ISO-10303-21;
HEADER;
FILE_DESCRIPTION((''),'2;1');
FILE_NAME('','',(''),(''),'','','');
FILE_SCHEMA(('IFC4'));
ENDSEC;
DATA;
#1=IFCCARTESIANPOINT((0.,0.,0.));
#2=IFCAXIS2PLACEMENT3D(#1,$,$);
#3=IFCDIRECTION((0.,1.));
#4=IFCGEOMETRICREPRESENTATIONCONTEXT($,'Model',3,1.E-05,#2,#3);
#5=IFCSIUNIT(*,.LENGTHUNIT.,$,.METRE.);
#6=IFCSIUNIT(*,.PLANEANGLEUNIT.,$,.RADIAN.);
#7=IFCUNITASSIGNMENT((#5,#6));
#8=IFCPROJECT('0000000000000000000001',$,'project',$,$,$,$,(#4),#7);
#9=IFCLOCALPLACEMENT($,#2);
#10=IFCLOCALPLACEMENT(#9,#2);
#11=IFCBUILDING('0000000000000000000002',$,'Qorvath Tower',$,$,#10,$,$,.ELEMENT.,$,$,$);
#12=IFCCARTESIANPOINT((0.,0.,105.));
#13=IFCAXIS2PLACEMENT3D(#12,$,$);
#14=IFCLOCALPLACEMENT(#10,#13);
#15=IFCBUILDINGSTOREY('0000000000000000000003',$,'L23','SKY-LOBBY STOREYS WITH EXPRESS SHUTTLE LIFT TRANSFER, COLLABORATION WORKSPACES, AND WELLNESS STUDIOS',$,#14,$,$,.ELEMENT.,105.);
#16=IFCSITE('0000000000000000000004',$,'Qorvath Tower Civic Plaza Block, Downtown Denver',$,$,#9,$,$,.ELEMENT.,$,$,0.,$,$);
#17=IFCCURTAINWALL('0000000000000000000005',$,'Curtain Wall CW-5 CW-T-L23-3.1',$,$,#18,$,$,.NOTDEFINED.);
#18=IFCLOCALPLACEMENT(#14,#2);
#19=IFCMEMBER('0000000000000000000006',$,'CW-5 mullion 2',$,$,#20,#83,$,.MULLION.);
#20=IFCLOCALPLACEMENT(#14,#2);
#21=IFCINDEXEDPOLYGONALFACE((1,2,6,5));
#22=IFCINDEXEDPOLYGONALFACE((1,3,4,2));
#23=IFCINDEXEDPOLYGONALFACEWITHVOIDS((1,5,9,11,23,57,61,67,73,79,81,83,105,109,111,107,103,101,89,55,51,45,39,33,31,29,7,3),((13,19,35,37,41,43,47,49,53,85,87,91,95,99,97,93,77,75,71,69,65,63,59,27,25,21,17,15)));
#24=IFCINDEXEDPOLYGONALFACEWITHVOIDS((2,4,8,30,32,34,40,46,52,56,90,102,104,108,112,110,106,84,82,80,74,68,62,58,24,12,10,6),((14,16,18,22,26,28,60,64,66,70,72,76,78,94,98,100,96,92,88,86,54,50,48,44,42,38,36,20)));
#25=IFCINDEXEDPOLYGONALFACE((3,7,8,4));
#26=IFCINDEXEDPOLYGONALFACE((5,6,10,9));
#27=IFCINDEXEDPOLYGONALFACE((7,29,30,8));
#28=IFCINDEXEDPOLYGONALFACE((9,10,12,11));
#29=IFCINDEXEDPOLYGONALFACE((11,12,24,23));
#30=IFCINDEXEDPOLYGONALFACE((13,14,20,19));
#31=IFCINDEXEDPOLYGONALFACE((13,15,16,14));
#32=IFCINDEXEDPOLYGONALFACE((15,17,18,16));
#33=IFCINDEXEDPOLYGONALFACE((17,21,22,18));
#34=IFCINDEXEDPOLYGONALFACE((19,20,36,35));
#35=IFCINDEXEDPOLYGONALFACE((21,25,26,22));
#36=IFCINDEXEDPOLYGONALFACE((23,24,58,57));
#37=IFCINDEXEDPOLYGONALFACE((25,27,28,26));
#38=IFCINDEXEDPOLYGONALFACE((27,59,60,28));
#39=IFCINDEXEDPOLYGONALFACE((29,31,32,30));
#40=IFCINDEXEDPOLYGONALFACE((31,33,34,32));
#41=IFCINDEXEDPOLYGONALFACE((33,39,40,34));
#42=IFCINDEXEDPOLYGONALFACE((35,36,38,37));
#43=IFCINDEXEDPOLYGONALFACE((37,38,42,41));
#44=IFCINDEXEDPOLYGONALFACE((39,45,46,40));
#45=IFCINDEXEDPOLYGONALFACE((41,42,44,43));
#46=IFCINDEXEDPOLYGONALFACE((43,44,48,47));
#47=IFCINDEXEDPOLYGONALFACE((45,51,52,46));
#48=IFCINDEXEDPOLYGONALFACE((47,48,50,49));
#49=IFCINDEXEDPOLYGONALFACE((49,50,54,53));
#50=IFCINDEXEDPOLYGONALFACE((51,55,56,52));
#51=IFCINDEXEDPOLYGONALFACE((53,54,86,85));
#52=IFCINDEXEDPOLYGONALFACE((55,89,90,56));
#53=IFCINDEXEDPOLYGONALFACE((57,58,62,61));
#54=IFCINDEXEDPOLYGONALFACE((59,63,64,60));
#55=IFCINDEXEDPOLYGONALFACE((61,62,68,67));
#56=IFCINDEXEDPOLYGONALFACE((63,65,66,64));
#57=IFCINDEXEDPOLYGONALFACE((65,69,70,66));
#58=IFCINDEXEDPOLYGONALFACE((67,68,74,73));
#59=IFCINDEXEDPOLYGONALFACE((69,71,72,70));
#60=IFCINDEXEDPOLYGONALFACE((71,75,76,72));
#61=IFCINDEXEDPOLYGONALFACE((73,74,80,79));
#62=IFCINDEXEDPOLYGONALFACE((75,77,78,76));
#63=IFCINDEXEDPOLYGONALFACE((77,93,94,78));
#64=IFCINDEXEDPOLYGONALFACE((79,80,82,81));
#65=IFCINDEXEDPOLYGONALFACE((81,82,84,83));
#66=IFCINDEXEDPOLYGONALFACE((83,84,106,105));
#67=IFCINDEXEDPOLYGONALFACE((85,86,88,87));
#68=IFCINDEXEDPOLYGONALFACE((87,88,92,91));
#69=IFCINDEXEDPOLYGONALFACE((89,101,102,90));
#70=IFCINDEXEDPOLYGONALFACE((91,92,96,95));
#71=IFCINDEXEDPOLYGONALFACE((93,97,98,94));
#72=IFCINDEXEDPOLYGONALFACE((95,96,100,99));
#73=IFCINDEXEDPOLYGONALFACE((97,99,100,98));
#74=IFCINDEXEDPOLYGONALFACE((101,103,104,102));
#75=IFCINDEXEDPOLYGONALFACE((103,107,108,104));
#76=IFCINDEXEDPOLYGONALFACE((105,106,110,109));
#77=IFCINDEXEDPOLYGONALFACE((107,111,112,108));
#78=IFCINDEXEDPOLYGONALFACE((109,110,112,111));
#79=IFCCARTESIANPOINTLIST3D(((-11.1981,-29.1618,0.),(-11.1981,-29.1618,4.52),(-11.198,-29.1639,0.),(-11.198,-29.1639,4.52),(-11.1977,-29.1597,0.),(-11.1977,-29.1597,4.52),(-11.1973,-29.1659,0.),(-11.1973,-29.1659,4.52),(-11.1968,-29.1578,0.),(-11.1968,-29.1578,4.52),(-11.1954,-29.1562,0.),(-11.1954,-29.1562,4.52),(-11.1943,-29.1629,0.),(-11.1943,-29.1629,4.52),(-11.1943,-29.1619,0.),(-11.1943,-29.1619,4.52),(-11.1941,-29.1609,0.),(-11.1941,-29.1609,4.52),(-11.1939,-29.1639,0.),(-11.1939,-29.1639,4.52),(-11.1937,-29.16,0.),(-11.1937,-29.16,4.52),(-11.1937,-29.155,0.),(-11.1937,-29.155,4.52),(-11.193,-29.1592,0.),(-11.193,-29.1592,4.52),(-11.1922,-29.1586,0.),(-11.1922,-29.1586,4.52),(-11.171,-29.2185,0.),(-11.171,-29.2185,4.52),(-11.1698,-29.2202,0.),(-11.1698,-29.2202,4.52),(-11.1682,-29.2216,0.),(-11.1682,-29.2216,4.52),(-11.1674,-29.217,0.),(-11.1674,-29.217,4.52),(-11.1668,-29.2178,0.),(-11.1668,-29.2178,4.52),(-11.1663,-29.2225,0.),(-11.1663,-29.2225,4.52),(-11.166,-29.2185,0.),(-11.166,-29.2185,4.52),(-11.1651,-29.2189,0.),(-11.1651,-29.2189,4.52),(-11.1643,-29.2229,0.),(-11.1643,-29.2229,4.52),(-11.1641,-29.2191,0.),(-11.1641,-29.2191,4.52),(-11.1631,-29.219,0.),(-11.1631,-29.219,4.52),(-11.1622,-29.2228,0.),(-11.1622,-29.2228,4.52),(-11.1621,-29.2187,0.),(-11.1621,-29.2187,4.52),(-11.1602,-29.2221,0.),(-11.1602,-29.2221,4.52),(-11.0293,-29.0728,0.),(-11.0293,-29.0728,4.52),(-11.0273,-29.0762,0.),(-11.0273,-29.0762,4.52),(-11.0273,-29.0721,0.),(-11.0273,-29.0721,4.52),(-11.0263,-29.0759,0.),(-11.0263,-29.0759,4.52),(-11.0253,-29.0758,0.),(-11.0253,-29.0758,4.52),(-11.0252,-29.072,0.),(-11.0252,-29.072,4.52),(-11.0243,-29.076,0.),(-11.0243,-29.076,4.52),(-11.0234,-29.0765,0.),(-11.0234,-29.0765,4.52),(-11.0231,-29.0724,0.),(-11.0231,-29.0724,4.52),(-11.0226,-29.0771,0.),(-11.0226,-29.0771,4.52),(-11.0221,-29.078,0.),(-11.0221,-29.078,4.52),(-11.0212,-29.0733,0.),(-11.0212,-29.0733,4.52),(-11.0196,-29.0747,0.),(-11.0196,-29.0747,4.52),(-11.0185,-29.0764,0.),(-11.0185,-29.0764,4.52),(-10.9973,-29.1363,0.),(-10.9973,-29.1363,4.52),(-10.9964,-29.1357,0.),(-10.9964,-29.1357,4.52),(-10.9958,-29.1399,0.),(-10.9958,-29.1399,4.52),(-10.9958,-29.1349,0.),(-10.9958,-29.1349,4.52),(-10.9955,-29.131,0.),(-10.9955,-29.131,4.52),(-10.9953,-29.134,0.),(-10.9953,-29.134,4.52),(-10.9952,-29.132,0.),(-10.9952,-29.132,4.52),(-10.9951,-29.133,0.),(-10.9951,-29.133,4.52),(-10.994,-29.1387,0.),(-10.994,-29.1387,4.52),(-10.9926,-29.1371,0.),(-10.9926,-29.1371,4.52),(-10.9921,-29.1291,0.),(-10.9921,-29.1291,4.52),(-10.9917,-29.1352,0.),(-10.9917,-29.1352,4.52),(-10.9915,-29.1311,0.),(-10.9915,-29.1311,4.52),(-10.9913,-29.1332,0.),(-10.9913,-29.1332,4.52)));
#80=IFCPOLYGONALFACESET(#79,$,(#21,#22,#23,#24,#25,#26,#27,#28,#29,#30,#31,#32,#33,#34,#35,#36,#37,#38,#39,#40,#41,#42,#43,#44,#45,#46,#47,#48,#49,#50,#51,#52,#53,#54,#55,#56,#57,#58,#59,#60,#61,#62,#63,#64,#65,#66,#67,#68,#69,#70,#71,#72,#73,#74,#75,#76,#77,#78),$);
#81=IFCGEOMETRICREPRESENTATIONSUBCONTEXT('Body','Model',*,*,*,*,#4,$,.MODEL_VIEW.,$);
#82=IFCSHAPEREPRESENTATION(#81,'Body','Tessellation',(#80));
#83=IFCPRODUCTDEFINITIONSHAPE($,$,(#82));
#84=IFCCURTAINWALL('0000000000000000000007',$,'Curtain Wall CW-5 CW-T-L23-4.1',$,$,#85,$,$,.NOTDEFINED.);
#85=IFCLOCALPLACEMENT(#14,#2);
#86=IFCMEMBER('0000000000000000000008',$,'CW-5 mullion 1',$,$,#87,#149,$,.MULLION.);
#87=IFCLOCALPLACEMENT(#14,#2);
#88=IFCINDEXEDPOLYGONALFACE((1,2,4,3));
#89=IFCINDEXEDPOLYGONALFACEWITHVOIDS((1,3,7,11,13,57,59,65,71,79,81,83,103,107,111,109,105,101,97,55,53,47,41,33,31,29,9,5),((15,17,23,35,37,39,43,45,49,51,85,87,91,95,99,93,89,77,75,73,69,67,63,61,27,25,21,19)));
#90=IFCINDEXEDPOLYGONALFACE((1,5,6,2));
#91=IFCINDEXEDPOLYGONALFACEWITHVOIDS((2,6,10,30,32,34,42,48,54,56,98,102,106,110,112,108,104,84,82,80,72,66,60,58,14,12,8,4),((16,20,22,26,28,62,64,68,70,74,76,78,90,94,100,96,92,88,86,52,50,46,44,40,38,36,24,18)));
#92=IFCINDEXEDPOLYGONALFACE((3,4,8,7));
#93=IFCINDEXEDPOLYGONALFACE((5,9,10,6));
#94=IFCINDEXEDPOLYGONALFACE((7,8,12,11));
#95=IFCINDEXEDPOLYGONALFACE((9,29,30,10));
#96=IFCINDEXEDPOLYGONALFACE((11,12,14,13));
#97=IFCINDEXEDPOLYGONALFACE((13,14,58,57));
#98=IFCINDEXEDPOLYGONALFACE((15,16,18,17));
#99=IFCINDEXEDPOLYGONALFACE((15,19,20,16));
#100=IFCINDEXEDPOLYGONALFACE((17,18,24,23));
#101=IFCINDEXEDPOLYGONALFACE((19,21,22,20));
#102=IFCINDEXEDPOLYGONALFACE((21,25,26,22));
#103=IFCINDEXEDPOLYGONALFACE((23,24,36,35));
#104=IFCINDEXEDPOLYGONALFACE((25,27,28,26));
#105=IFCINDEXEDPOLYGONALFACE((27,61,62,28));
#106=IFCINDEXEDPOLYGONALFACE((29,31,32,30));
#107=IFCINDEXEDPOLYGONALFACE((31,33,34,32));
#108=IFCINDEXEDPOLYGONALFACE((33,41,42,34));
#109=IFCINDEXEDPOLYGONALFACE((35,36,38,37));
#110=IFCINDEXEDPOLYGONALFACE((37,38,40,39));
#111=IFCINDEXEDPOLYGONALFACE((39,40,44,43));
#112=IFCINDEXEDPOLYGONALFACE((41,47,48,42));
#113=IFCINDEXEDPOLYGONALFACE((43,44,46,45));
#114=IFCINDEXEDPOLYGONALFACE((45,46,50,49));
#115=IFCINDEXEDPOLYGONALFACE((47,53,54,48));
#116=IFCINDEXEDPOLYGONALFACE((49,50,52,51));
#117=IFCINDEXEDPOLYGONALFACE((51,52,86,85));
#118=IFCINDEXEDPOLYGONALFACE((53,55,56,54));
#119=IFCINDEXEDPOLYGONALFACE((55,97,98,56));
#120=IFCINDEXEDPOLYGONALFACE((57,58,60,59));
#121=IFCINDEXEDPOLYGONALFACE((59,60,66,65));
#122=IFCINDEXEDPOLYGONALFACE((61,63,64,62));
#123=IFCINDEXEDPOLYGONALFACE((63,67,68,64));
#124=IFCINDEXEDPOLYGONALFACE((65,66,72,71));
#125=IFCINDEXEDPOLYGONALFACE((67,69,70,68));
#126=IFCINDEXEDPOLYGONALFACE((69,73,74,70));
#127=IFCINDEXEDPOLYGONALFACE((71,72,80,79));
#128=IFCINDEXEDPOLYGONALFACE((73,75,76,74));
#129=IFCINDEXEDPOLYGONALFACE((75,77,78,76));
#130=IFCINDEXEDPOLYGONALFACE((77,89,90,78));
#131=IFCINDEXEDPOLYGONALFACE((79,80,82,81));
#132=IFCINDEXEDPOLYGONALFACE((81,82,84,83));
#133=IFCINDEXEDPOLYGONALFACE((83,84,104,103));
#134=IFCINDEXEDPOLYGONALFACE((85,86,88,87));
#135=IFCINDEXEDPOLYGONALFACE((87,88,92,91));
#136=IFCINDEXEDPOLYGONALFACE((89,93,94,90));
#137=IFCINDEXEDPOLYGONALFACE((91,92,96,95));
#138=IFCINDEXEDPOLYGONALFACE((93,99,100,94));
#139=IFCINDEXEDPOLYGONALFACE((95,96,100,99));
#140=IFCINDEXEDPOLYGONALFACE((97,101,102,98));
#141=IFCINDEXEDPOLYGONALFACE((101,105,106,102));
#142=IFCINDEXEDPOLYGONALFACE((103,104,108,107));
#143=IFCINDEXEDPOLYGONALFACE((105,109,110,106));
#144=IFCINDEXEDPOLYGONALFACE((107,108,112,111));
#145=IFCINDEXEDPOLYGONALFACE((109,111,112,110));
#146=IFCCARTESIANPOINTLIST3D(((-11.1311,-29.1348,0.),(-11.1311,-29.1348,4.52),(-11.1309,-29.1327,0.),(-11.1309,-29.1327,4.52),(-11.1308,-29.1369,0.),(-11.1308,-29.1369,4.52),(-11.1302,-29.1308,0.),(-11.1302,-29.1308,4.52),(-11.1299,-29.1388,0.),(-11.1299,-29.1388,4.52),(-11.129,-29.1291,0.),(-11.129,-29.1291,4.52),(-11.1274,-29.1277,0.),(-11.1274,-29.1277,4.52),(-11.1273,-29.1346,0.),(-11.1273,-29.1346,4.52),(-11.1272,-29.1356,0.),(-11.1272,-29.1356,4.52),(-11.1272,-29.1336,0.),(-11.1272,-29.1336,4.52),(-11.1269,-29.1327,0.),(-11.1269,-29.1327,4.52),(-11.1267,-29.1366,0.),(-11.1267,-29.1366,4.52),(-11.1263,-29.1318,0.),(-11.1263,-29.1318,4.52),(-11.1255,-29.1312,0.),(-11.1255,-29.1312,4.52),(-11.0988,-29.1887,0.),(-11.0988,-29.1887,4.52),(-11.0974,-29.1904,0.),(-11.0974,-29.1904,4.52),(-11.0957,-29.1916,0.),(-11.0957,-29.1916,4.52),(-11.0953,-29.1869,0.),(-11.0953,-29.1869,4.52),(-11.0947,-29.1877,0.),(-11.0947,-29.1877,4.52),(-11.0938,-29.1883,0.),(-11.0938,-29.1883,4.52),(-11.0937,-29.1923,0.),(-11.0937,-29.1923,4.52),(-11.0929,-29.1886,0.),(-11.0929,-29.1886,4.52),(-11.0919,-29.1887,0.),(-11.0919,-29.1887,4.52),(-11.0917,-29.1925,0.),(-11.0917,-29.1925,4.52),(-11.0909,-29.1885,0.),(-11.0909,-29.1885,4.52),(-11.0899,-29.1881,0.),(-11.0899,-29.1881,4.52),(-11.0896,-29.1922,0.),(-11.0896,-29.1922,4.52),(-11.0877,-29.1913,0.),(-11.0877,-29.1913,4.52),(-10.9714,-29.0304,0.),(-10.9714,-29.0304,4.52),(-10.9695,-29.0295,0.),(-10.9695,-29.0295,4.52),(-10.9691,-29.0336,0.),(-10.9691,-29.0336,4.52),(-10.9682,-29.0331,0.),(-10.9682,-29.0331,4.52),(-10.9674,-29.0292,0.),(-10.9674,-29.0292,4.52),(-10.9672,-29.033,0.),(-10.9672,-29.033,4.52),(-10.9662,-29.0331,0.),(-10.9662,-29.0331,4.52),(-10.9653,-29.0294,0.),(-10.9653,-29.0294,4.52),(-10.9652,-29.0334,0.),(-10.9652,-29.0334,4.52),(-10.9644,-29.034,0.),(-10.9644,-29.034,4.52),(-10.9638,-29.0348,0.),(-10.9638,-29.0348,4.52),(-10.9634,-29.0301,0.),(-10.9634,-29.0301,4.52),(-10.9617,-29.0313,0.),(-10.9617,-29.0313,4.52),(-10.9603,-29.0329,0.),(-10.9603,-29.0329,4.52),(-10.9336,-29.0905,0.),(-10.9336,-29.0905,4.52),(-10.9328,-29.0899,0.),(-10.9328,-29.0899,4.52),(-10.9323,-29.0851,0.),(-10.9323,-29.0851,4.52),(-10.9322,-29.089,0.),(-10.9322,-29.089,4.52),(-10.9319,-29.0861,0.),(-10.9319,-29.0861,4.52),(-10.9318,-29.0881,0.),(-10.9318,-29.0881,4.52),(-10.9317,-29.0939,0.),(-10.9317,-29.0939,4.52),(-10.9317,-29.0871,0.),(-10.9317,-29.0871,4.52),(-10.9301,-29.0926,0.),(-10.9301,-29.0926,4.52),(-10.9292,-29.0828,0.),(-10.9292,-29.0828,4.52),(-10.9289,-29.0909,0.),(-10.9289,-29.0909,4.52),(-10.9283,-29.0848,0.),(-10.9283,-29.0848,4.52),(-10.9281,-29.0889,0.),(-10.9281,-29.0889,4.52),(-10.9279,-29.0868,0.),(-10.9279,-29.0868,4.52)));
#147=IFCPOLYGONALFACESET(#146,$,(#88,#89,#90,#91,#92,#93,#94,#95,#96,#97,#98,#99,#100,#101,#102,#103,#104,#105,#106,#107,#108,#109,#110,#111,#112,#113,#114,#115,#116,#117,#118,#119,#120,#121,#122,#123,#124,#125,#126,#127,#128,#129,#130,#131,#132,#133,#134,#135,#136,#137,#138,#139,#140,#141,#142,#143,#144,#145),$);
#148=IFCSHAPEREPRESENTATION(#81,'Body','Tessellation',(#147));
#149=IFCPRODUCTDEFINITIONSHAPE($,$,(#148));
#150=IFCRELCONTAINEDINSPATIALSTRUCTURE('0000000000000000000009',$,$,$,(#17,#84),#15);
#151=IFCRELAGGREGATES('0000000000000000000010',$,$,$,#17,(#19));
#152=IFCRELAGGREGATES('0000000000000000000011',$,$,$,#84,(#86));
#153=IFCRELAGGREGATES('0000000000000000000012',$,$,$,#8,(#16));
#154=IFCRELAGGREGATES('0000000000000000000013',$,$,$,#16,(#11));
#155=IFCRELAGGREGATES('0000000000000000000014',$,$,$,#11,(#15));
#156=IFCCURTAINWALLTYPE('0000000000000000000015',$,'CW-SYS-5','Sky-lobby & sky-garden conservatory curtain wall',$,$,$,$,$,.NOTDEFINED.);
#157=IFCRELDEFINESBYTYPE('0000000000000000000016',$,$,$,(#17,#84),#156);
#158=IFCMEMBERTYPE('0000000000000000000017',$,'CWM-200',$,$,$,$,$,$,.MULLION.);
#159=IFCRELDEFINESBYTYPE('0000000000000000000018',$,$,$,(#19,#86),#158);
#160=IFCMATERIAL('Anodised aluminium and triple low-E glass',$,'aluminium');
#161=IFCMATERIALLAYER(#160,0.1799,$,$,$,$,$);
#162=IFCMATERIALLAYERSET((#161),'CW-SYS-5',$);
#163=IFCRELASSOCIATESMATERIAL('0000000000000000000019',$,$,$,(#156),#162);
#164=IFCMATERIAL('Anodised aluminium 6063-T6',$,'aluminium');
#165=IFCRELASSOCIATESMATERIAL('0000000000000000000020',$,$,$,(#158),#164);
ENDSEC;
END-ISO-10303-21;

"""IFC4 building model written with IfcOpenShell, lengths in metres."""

from ifc_helpers import new_model, si_unit, direction, frame, origin, origin_2d, place, context, subcontext, project, spatial, hollow_rectangle, extrude, material, layer, layer_set, material_profile, profile_set, type_object, element, aggregate, save


model = new_model("IFC4")

# Units and contexts
model_context = context("Model", 3, precision=1e-05, world=origin(), true_north=direction((0.0, 1.0)))
body_context = subcontext(model_context, "Body", "Model", "MODEL_VIEW")
ifc_project = project(units=[si_unit("LENGTHUNIT", "METRE"), si_unit("PLANEANGLEUNIT", "RADIAN")], contexts=[model_context])

# Site, building, storey
site_placement = place(None, origin())
site = spatial("IfcSite", under=ifc_project, at=site_placement, Name="Qorvath Tower Civic Plaza Block, Downtown Denver", CompositionType="ELEMENT", RefElevation=0.0)
building_placement = place(site_placement, origin())
building = spatial("IfcBuilding", under=site, at=building_placement, Name="Qorvath Tower", CompositionType="ELEMENT")
storey_placement = place(building_placement, frame((0.0, 0.0, 105.0)))
storey = spatial("IfcBuildingStorey", under=building, at=storey_placement, Name="L23", Description="SKY-LOBBY STOREYS WITH EXPRESS SHUTTLE LIFT TRANSFER, COLLABORATION WORKSPACES, AND WELLNESS STUDIOS", CompositionType="ELEMENT", Elevation=105.0)

# Shared definitions
ifc_material_1 = material(Name="Anodised aluminium and triple low-E glass", Category="aluminium")
ifc_layer_1 = layer(ifc_material_1, 0.1799)
ifc_layer_set_1 = layer_set([ifc_layer_1], Name="CW-SYS-5")
curtain_wall_type = type_object("IfcCurtainWallType", Name="CW-SYS-5", Description="Sky-lobby & sky-garden conservatory curtain wall", PredefinedType="NOTDEFINED", material=ifc_layer_set_1)
ifc_material_2 = material(Name="Anodised aluminium 6063-T6", Category="aluminium")
ifc_material_profile_1 = material_profile(ifc_material_2, hollow_rectangle(XDim=0.075, YDim=0.2, WallThickness=0.0039, InnerFilletRadius=0.0039, OuterFilletRadius=0.0081, at=origin_2d()), Name="CWM 200x75")
ifc_profile_set_1 = profile_set([ifc_material_profile_1], Name="Anodised aluminium 6063-T6")
member_type_1 = type_object("IfcMemberType", Name="CWM-200", PredefinedType="MULLION", material=ifc_profile_set_1)

# Curtain walls, members
curtain_wall_1_placement = place(storey_placement, origin())
curtain_wall_1 = element("IfcCurtainWall", 1, at=curtain_wall_1_placement, inside=storey, type_object=curtain_wall_type, Name="Curtain Wall CW-5 CW-T-L23-3.1", PredefinedType="NOTDEFINED")
member_1_placement = place(storey_placement, frame((-11.0947, -29.1475, 0.0), z_axis=(0.0, 0.0, 1.0), x_axis=(-0.44719, 0.894439, 0.0)))
member_1 = element("IfcMember", 2, at=member_1_placement, type_object=member_type_1, Name="CW-5 mullion 2", PredefinedType="MULLION", context=body_context, shape_type="SweptSolid", body=[
    extrude(hollow_rectangle(XDim=0.075, YDim=0.2, WallThickness=0.0039, InnerFilletRadius=0.0039, OuterFilletRadius=0.0081, at=origin_2d()), origin(), (0.0, 0.0, 1.0), 4.52),
])
curtain_wall_2_placement = place(storey_placement, origin())
curtain_wall_2 = element("IfcCurtainWall", 3, at=curtain_wall_2_placement, inside=storey, type_object=curtain_wall_type, Name="Curtain Wall CW-5 CW-T-L23-4.1", PredefinedType="NOTDEFINED")
member_2_placement = place(storey_placement, frame((-11.0295, -29.1108, 0.0), z_axis=(0.0, 0.0, 1.0), x_axis=(-0.529584, 0.848257, 0.0)))
member_2 = element("IfcMember", 4, at=member_2_placement, type_object=member_type_1, Name="CW-5 mullion 1", PredefinedType="MULLION", context=body_context, shape_type="SweptSolid", body=[
    extrude(hollow_rectangle(XDim=0.075, YDim=0.2, WallThickness=0.0039, InnerFilletRadius=0.0039, OuterFilletRadius=0.0081, at=origin_2d()), origin(), (0.0, 0.0, 1.0), 4.52),
])

aggregate(curtain_wall_1, [member_1])
aggregate(curtain_wall_2, [member_2])

save(model, "model.ifc")
